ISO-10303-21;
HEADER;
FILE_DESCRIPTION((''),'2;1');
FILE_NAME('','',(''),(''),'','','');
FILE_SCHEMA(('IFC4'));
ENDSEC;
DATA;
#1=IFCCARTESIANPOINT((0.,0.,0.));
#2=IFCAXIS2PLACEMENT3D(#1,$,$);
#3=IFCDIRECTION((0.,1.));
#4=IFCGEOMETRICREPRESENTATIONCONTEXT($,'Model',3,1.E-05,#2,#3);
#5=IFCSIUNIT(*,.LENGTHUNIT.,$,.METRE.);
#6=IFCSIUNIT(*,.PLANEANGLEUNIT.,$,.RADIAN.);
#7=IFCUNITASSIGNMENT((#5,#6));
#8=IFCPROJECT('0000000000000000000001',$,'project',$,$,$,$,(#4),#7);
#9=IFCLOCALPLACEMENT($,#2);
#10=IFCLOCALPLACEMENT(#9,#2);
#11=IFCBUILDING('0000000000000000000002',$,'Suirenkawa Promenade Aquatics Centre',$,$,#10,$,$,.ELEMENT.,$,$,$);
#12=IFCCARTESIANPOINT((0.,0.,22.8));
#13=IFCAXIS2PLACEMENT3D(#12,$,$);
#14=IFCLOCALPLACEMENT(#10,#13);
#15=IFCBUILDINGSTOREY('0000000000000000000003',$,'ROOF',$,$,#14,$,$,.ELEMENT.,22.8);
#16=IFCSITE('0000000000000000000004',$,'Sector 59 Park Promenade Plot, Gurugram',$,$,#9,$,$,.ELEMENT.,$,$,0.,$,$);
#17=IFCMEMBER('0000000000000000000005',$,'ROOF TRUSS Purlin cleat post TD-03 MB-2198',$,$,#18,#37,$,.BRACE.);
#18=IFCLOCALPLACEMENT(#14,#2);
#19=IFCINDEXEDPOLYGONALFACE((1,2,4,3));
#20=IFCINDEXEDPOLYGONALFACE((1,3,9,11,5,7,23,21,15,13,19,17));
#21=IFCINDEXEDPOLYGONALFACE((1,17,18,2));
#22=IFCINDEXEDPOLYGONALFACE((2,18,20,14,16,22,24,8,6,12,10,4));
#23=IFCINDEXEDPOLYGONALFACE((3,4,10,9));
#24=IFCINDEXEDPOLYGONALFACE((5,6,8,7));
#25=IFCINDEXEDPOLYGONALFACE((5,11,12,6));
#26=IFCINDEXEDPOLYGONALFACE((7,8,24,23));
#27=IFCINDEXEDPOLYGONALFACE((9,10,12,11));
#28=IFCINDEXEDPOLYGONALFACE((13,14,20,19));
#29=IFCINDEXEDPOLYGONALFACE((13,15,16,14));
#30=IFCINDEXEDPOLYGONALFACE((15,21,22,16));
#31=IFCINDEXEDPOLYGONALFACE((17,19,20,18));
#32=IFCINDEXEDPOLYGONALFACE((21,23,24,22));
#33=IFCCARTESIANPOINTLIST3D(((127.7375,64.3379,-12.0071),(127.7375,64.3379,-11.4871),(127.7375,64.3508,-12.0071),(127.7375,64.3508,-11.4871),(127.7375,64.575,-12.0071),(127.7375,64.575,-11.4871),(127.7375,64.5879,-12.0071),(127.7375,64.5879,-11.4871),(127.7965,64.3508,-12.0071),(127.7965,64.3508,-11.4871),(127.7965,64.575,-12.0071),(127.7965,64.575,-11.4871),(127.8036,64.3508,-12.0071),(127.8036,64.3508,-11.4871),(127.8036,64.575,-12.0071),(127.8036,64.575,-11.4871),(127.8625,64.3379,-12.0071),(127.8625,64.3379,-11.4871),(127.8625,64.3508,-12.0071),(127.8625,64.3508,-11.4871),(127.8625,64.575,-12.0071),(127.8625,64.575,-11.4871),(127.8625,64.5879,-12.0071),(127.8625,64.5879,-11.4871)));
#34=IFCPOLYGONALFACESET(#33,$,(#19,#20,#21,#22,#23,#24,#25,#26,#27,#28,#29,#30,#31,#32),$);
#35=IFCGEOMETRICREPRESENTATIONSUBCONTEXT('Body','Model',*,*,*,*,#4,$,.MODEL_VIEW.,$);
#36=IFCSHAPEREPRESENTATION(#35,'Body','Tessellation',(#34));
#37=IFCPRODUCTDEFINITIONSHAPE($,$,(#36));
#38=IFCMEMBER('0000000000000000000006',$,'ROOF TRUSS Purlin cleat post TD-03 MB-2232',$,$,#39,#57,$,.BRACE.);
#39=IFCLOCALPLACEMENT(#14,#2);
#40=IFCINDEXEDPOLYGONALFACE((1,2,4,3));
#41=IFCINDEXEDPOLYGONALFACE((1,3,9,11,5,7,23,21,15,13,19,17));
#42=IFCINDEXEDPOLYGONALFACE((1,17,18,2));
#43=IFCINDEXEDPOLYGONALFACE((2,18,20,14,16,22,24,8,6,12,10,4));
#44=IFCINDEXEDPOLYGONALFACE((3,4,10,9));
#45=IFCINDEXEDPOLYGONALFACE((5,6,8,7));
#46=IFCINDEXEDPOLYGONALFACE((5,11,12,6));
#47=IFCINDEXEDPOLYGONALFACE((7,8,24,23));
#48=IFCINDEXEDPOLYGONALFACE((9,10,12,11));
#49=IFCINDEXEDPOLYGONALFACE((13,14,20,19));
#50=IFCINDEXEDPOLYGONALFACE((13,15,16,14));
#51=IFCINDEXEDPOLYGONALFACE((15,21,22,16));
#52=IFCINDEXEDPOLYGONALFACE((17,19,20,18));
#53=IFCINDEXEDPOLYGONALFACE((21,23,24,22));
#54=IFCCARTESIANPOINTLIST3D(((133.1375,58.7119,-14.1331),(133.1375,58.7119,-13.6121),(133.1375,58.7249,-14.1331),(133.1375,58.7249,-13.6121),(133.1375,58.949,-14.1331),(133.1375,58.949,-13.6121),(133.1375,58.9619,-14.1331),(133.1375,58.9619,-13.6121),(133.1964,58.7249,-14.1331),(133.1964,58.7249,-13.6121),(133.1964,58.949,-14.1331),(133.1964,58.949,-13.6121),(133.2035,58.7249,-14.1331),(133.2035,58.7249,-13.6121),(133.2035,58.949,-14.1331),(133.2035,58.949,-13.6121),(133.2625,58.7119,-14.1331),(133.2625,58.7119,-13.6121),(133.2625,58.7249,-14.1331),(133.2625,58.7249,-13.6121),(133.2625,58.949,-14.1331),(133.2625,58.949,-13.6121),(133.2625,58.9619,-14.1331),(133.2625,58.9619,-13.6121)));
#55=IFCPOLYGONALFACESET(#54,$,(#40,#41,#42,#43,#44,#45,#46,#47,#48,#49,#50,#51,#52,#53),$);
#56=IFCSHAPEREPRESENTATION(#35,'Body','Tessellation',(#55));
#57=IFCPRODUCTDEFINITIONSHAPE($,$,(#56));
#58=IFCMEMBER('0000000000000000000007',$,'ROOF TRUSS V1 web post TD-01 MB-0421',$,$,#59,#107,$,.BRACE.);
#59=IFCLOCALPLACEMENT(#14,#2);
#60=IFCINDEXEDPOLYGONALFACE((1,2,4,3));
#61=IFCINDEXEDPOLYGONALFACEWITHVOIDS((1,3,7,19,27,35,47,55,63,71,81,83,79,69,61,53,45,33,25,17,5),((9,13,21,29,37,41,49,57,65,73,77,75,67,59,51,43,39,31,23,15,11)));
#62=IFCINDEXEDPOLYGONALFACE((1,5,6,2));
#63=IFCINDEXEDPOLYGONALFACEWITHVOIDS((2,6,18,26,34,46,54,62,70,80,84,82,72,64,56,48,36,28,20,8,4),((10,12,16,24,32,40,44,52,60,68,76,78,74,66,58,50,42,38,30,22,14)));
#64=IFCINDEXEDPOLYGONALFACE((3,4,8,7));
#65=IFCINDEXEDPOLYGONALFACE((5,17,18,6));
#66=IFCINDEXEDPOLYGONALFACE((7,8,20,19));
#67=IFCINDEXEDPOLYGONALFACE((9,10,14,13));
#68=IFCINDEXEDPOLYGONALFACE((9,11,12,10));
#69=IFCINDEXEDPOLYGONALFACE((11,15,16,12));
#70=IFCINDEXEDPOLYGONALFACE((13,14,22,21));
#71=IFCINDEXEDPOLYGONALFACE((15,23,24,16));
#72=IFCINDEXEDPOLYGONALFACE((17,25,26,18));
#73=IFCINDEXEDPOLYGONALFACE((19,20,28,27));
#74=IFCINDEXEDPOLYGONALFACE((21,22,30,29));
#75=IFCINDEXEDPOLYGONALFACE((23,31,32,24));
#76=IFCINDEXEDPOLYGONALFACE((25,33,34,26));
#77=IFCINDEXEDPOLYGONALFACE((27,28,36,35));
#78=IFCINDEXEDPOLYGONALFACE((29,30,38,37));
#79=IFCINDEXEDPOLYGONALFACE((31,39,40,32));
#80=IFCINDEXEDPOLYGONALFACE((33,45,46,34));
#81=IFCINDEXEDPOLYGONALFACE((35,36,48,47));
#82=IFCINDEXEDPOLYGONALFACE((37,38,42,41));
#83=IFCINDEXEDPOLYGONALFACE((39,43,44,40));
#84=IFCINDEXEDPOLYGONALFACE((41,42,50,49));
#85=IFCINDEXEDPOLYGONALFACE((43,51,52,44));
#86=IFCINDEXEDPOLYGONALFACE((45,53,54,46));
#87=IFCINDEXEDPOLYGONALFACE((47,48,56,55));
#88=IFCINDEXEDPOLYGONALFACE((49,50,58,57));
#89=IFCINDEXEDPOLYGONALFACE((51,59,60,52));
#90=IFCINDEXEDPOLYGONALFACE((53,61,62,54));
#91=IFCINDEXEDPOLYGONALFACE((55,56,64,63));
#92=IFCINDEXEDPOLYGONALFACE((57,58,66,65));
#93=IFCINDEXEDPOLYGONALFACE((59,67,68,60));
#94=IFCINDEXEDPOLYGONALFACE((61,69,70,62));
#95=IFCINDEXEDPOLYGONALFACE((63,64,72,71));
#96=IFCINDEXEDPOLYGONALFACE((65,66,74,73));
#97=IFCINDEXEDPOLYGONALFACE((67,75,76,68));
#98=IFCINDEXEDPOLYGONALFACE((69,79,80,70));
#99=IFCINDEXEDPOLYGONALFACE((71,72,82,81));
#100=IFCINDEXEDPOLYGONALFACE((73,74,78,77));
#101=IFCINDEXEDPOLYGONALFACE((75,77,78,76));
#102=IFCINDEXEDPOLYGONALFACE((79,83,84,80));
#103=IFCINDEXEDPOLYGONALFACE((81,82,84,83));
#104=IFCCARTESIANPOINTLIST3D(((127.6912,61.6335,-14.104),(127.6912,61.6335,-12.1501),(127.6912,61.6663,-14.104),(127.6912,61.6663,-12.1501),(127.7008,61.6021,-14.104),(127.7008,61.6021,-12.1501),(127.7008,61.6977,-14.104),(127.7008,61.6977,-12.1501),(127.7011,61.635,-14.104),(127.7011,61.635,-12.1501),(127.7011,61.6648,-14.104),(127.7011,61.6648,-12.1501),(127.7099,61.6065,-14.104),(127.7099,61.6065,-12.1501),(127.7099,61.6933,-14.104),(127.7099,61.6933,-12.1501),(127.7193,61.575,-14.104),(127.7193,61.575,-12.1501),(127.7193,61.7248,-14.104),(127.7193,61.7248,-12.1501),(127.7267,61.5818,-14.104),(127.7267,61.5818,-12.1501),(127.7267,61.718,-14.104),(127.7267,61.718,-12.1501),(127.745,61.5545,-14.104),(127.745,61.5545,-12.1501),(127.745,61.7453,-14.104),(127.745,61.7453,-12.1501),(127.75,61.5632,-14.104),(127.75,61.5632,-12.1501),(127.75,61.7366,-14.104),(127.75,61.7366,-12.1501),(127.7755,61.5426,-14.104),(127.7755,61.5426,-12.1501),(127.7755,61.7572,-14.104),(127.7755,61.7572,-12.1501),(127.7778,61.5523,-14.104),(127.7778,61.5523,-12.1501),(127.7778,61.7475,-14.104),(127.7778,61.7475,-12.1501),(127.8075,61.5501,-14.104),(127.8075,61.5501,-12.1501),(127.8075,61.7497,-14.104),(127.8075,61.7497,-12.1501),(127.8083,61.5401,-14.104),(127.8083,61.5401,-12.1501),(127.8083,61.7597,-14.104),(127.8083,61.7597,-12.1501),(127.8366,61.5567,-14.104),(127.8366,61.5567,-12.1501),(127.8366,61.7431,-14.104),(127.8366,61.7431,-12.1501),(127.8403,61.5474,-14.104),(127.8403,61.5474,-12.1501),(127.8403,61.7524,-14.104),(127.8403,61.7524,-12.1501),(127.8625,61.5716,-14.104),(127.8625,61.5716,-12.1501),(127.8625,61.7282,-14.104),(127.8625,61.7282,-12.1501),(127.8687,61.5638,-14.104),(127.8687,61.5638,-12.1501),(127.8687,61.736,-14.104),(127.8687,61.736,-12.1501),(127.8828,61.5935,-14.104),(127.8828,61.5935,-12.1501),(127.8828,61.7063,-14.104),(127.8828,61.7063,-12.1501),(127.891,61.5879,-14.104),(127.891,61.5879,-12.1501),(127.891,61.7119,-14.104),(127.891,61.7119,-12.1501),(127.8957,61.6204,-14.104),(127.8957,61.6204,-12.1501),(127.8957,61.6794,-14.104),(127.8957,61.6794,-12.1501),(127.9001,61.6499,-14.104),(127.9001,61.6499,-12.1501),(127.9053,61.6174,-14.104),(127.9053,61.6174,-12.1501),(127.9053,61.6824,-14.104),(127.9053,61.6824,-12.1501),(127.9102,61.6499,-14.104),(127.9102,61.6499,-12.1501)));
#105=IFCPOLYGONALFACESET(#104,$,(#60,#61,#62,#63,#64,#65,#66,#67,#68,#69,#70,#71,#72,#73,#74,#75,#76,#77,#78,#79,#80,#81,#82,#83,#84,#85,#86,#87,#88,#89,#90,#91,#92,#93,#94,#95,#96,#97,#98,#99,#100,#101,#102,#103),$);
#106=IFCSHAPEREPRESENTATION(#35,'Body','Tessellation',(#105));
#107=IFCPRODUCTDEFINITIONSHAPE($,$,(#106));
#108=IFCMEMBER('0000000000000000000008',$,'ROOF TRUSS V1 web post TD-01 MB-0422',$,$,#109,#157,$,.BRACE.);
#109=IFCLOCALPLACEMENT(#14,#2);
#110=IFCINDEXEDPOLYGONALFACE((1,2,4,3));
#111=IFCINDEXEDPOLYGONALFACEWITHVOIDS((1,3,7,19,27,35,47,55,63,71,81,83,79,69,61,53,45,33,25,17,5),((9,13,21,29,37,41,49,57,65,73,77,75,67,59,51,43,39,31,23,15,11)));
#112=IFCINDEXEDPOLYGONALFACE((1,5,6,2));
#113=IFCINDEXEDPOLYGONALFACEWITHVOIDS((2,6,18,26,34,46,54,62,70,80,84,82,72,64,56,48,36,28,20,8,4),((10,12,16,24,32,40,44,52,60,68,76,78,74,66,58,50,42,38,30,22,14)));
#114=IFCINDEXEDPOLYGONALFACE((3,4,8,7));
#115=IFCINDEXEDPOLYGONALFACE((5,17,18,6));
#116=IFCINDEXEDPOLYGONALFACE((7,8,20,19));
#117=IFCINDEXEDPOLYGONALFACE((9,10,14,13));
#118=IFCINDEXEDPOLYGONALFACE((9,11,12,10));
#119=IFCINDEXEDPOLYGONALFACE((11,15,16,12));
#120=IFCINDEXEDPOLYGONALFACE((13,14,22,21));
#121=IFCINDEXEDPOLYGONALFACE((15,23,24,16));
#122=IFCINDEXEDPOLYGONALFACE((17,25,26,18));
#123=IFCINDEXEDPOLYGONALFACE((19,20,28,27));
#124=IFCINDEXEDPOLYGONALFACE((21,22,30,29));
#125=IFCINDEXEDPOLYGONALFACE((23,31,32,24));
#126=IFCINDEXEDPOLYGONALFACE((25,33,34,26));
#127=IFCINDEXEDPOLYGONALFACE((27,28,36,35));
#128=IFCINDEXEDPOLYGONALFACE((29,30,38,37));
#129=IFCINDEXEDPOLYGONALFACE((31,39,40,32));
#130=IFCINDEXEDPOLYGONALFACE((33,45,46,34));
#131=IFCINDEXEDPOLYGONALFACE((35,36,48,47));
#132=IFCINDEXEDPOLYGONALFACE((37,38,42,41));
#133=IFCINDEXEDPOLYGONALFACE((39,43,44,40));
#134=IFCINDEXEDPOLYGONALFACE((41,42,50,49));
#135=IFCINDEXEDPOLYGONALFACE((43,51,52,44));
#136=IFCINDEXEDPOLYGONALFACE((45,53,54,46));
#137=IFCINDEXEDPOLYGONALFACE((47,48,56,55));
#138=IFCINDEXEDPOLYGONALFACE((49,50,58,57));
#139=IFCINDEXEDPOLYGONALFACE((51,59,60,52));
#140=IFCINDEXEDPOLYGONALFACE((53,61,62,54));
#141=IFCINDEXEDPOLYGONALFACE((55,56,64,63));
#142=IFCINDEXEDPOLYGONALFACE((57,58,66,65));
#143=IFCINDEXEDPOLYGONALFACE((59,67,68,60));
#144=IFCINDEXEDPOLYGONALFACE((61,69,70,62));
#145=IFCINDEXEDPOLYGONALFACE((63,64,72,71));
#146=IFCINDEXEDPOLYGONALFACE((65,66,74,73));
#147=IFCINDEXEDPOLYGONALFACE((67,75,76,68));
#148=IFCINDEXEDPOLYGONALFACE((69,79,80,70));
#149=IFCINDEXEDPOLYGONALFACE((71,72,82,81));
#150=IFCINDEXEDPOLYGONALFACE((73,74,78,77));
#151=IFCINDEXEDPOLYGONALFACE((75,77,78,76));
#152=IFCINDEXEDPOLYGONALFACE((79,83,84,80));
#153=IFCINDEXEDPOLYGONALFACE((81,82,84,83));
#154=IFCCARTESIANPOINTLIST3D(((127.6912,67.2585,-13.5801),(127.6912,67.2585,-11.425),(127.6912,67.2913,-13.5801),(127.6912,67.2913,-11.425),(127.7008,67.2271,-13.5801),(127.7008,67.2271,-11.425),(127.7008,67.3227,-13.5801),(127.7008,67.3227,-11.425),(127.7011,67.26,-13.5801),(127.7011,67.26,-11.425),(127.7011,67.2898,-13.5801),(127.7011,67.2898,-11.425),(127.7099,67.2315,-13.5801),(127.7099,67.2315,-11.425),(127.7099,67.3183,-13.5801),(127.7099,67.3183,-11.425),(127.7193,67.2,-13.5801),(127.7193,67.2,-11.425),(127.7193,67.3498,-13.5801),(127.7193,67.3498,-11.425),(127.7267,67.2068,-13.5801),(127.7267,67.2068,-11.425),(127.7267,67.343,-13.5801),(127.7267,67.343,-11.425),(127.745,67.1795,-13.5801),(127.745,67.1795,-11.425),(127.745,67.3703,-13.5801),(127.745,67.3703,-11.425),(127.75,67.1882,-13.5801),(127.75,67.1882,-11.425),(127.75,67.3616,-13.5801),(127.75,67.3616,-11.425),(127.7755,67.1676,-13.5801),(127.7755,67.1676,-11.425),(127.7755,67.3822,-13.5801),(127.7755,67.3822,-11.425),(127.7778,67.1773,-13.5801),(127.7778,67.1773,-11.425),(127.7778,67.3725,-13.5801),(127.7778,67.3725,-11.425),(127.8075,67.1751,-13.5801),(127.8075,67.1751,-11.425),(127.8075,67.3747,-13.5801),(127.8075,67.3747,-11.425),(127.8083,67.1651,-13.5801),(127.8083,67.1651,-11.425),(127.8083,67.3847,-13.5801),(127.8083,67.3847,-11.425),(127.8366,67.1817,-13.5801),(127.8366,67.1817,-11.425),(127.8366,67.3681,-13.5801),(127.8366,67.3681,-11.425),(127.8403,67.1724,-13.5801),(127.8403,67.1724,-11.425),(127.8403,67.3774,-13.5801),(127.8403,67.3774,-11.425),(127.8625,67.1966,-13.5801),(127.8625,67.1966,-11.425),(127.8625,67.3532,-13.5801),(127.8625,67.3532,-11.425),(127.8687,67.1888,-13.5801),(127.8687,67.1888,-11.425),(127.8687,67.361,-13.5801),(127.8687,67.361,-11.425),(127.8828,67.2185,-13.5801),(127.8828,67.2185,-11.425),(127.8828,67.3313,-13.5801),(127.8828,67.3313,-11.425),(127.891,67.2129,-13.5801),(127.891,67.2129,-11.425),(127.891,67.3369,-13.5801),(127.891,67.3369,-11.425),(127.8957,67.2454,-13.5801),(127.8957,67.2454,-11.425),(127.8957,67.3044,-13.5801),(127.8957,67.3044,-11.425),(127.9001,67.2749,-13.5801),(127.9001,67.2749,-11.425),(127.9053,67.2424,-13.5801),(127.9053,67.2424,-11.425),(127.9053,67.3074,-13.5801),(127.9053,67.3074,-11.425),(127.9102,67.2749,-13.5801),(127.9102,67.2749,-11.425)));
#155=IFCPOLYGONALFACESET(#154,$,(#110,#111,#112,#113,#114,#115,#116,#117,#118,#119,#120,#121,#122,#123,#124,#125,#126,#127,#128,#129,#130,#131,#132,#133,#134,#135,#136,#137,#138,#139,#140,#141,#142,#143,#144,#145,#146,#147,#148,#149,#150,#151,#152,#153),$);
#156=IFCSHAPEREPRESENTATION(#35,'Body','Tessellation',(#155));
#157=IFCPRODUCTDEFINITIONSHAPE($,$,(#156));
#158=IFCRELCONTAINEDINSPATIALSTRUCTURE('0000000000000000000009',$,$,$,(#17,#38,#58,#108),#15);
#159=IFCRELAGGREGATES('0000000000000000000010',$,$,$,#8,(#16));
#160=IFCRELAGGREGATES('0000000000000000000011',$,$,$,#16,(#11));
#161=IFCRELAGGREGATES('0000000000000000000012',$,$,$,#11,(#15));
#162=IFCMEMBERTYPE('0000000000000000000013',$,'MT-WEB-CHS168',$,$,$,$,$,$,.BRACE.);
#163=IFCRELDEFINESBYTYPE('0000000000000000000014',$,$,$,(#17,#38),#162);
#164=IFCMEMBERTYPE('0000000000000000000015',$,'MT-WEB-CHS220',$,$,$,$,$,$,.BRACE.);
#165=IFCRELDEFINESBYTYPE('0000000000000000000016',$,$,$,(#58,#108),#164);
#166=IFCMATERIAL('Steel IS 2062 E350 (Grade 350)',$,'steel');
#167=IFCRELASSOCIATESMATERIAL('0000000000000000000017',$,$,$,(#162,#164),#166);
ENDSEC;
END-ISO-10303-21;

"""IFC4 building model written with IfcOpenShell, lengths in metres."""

from ifc_helpers import new_model, si_unit, direction, frame, origin, origin_2d, place, context, subcontext, project, spatial, hollow_circle, i_section, extrude, material, material_profile, profile_set, type_object, element, save


model = new_model("IFC4")

# Units and contexts
model_context = context("Model", 3, precision=1e-05, world=origin(), true_north=direction((0.0, 1.0)))
body_context = subcontext(model_context, "Body", "Model", "MODEL_VIEW")
ifc_project = project(units=[si_unit("LENGTHUNIT", "METRE"), si_unit("PLANEANGLEUNIT", "RADIAN")], contexts=[model_context])

# Site, building, storey
site_placement = place(None, origin())
site = spatial("IfcSite", under=ifc_project, at=site_placement, Name="Sector 59 Park Promenade Plot, Gurugram", CompositionType="ELEMENT", RefElevation=0.0)
building_placement = place(site_placement, origin())
building = spatial("IfcBuilding", under=site, at=building_placement, Name="Suirenkawa Promenade Aquatics Centre", CompositionType="ELEMENT")
storey_placement = place(building_placement, frame((0.0, 0.0, 22.8)))
storey = spatial("IfcBuildingStorey", under=building, at=storey_placement, Name="ROOF", CompositionType="ELEMENT", Elevation=22.8)

# Shared definitions
ifc_material = material(Name="Steel IS 2062 E350 (Grade 350)", Category="steel")

# Members
ifc_material_profile_1 = material_profile(ifc_material, i_section(OverallWidth=0.125, OverallDepth=0.25, WebThickness=0.0071, FlangeThickness=0.0129, at=origin_2d()), Name="ISMB 250", Category="steel")
ifc_profile_set_1 = profile_set([ifc_material_profile_1], Name="Steel IS 2062 E350 (Grade 350)")
member_type_1 = type_object("IfcMemberType", Name="MT-WEB-CHS168", PredefinedType="BRACE", material=ifc_profile_set_1)
for number, where, z_axis, x_axis, name in (
    (1, (127.8, 64.4629, -12.0071), (0.0, 0.0, 1.0), (1.0, 0.0, 0.0), "ROOF TRUSS Purlin cleat post TD-03 MB-2198"),
):
    element("IfcMember", number, at=place(storey_placement, frame(where, z_axis=z_axis, x_axis=x_axis)), inside=storey, type_object=member_type_1, Name=name, PredefinedType="BRACE", context=body_context, shape_type="SweptSolid", body=[
        extrude(i_section(OverallWidth=0.125, OverallDepth=0.25, WebThickness=0.0071, FlangeThickness=0.0129, at=origin_2d()), origin(), (0.0, 0.0, 1.0), 0.52),
    ])
member_1_placement = place(storey_placement, frame((133.2, 58.8369, -14.1331), z_axis=(0.0, 0.0, 1.0), x_axis=(1.0, 0.0, 0.0)))
element("IfcMember", 2, at=member_1_placement, inside=storey, type_object=member_type_1, Name="ROOF TRUSS Purlin cleat post TD-03 MB-2232", PredefinedType="BRACE", context=body_context, shape_type="SweptSolid", body=[
    extrude(i_section(OverallWidth=0.125, OverallDepth=0.25, WebThickness=0.0071, FlangeThickness=0.0129, at=origin_2d()), origin(), (0.0, 0.0, 1.0), 0.521),
])
ifc_material_profile_2 = material_profile(ifc_material, hollow_circle(Radius=0.1101, WallThickness=0.01, at=origin_2d()), Name="CHS 220x10", Category="steel")
ifc_profile_set_2 = profile_set([ifc_material_profile_2], Name="Steel IS 2062 E350 (Grade 350)")
member_type_2 = type_object("IfcMemberType", Name="MT-WEB-CHS220", PredefinedType="BRACE", material=ifc_profile_set_2)
member_2_placement = place(storey_placement, frame((127.8, 61.6499, -14.104), z_axis=(0.0, 0.0, 1.0), x_axis=(1.0, 0.0, 0.0)))
element("IfcMember", 3, at=member_2_placement, inside=storey, type_object=member_type_2, Name="ROOF TRUSS V1 web post TD-01 MB-0421", PredefinedType="BRACE", context=body_context, shape_type="SweptSolid", body=[
    extrude(hollow_circle(Radius=0.1101, WallThickness=0.01, at=origin_2d()), origin(), (0.0, 0.0, 1.0), 1.9539),
])
member_3_placement = place(storey_placement, frame((127.8, 67.2749, -13.5801), z_axis=(0.0, 0.0, 1.0), x_axis=(1.0, 0.0, 0.0)))
element("IfcMember", 4, at=member_3_placement, inside=storey, type_object=member_type_2, Name="ROOF TRUSS V1 web post TD-01 MB-0422", PredefinedType="BRACE", context=body_context, shape_type="SweptSolid", body=[
    extrude(hollow_circle(Radius=0.1101, WallThickness=0.01, at=origin_2d()), origin(), (0.0, 0.0, 1.0), 2.155),
])

save(model, "model.ifc")
